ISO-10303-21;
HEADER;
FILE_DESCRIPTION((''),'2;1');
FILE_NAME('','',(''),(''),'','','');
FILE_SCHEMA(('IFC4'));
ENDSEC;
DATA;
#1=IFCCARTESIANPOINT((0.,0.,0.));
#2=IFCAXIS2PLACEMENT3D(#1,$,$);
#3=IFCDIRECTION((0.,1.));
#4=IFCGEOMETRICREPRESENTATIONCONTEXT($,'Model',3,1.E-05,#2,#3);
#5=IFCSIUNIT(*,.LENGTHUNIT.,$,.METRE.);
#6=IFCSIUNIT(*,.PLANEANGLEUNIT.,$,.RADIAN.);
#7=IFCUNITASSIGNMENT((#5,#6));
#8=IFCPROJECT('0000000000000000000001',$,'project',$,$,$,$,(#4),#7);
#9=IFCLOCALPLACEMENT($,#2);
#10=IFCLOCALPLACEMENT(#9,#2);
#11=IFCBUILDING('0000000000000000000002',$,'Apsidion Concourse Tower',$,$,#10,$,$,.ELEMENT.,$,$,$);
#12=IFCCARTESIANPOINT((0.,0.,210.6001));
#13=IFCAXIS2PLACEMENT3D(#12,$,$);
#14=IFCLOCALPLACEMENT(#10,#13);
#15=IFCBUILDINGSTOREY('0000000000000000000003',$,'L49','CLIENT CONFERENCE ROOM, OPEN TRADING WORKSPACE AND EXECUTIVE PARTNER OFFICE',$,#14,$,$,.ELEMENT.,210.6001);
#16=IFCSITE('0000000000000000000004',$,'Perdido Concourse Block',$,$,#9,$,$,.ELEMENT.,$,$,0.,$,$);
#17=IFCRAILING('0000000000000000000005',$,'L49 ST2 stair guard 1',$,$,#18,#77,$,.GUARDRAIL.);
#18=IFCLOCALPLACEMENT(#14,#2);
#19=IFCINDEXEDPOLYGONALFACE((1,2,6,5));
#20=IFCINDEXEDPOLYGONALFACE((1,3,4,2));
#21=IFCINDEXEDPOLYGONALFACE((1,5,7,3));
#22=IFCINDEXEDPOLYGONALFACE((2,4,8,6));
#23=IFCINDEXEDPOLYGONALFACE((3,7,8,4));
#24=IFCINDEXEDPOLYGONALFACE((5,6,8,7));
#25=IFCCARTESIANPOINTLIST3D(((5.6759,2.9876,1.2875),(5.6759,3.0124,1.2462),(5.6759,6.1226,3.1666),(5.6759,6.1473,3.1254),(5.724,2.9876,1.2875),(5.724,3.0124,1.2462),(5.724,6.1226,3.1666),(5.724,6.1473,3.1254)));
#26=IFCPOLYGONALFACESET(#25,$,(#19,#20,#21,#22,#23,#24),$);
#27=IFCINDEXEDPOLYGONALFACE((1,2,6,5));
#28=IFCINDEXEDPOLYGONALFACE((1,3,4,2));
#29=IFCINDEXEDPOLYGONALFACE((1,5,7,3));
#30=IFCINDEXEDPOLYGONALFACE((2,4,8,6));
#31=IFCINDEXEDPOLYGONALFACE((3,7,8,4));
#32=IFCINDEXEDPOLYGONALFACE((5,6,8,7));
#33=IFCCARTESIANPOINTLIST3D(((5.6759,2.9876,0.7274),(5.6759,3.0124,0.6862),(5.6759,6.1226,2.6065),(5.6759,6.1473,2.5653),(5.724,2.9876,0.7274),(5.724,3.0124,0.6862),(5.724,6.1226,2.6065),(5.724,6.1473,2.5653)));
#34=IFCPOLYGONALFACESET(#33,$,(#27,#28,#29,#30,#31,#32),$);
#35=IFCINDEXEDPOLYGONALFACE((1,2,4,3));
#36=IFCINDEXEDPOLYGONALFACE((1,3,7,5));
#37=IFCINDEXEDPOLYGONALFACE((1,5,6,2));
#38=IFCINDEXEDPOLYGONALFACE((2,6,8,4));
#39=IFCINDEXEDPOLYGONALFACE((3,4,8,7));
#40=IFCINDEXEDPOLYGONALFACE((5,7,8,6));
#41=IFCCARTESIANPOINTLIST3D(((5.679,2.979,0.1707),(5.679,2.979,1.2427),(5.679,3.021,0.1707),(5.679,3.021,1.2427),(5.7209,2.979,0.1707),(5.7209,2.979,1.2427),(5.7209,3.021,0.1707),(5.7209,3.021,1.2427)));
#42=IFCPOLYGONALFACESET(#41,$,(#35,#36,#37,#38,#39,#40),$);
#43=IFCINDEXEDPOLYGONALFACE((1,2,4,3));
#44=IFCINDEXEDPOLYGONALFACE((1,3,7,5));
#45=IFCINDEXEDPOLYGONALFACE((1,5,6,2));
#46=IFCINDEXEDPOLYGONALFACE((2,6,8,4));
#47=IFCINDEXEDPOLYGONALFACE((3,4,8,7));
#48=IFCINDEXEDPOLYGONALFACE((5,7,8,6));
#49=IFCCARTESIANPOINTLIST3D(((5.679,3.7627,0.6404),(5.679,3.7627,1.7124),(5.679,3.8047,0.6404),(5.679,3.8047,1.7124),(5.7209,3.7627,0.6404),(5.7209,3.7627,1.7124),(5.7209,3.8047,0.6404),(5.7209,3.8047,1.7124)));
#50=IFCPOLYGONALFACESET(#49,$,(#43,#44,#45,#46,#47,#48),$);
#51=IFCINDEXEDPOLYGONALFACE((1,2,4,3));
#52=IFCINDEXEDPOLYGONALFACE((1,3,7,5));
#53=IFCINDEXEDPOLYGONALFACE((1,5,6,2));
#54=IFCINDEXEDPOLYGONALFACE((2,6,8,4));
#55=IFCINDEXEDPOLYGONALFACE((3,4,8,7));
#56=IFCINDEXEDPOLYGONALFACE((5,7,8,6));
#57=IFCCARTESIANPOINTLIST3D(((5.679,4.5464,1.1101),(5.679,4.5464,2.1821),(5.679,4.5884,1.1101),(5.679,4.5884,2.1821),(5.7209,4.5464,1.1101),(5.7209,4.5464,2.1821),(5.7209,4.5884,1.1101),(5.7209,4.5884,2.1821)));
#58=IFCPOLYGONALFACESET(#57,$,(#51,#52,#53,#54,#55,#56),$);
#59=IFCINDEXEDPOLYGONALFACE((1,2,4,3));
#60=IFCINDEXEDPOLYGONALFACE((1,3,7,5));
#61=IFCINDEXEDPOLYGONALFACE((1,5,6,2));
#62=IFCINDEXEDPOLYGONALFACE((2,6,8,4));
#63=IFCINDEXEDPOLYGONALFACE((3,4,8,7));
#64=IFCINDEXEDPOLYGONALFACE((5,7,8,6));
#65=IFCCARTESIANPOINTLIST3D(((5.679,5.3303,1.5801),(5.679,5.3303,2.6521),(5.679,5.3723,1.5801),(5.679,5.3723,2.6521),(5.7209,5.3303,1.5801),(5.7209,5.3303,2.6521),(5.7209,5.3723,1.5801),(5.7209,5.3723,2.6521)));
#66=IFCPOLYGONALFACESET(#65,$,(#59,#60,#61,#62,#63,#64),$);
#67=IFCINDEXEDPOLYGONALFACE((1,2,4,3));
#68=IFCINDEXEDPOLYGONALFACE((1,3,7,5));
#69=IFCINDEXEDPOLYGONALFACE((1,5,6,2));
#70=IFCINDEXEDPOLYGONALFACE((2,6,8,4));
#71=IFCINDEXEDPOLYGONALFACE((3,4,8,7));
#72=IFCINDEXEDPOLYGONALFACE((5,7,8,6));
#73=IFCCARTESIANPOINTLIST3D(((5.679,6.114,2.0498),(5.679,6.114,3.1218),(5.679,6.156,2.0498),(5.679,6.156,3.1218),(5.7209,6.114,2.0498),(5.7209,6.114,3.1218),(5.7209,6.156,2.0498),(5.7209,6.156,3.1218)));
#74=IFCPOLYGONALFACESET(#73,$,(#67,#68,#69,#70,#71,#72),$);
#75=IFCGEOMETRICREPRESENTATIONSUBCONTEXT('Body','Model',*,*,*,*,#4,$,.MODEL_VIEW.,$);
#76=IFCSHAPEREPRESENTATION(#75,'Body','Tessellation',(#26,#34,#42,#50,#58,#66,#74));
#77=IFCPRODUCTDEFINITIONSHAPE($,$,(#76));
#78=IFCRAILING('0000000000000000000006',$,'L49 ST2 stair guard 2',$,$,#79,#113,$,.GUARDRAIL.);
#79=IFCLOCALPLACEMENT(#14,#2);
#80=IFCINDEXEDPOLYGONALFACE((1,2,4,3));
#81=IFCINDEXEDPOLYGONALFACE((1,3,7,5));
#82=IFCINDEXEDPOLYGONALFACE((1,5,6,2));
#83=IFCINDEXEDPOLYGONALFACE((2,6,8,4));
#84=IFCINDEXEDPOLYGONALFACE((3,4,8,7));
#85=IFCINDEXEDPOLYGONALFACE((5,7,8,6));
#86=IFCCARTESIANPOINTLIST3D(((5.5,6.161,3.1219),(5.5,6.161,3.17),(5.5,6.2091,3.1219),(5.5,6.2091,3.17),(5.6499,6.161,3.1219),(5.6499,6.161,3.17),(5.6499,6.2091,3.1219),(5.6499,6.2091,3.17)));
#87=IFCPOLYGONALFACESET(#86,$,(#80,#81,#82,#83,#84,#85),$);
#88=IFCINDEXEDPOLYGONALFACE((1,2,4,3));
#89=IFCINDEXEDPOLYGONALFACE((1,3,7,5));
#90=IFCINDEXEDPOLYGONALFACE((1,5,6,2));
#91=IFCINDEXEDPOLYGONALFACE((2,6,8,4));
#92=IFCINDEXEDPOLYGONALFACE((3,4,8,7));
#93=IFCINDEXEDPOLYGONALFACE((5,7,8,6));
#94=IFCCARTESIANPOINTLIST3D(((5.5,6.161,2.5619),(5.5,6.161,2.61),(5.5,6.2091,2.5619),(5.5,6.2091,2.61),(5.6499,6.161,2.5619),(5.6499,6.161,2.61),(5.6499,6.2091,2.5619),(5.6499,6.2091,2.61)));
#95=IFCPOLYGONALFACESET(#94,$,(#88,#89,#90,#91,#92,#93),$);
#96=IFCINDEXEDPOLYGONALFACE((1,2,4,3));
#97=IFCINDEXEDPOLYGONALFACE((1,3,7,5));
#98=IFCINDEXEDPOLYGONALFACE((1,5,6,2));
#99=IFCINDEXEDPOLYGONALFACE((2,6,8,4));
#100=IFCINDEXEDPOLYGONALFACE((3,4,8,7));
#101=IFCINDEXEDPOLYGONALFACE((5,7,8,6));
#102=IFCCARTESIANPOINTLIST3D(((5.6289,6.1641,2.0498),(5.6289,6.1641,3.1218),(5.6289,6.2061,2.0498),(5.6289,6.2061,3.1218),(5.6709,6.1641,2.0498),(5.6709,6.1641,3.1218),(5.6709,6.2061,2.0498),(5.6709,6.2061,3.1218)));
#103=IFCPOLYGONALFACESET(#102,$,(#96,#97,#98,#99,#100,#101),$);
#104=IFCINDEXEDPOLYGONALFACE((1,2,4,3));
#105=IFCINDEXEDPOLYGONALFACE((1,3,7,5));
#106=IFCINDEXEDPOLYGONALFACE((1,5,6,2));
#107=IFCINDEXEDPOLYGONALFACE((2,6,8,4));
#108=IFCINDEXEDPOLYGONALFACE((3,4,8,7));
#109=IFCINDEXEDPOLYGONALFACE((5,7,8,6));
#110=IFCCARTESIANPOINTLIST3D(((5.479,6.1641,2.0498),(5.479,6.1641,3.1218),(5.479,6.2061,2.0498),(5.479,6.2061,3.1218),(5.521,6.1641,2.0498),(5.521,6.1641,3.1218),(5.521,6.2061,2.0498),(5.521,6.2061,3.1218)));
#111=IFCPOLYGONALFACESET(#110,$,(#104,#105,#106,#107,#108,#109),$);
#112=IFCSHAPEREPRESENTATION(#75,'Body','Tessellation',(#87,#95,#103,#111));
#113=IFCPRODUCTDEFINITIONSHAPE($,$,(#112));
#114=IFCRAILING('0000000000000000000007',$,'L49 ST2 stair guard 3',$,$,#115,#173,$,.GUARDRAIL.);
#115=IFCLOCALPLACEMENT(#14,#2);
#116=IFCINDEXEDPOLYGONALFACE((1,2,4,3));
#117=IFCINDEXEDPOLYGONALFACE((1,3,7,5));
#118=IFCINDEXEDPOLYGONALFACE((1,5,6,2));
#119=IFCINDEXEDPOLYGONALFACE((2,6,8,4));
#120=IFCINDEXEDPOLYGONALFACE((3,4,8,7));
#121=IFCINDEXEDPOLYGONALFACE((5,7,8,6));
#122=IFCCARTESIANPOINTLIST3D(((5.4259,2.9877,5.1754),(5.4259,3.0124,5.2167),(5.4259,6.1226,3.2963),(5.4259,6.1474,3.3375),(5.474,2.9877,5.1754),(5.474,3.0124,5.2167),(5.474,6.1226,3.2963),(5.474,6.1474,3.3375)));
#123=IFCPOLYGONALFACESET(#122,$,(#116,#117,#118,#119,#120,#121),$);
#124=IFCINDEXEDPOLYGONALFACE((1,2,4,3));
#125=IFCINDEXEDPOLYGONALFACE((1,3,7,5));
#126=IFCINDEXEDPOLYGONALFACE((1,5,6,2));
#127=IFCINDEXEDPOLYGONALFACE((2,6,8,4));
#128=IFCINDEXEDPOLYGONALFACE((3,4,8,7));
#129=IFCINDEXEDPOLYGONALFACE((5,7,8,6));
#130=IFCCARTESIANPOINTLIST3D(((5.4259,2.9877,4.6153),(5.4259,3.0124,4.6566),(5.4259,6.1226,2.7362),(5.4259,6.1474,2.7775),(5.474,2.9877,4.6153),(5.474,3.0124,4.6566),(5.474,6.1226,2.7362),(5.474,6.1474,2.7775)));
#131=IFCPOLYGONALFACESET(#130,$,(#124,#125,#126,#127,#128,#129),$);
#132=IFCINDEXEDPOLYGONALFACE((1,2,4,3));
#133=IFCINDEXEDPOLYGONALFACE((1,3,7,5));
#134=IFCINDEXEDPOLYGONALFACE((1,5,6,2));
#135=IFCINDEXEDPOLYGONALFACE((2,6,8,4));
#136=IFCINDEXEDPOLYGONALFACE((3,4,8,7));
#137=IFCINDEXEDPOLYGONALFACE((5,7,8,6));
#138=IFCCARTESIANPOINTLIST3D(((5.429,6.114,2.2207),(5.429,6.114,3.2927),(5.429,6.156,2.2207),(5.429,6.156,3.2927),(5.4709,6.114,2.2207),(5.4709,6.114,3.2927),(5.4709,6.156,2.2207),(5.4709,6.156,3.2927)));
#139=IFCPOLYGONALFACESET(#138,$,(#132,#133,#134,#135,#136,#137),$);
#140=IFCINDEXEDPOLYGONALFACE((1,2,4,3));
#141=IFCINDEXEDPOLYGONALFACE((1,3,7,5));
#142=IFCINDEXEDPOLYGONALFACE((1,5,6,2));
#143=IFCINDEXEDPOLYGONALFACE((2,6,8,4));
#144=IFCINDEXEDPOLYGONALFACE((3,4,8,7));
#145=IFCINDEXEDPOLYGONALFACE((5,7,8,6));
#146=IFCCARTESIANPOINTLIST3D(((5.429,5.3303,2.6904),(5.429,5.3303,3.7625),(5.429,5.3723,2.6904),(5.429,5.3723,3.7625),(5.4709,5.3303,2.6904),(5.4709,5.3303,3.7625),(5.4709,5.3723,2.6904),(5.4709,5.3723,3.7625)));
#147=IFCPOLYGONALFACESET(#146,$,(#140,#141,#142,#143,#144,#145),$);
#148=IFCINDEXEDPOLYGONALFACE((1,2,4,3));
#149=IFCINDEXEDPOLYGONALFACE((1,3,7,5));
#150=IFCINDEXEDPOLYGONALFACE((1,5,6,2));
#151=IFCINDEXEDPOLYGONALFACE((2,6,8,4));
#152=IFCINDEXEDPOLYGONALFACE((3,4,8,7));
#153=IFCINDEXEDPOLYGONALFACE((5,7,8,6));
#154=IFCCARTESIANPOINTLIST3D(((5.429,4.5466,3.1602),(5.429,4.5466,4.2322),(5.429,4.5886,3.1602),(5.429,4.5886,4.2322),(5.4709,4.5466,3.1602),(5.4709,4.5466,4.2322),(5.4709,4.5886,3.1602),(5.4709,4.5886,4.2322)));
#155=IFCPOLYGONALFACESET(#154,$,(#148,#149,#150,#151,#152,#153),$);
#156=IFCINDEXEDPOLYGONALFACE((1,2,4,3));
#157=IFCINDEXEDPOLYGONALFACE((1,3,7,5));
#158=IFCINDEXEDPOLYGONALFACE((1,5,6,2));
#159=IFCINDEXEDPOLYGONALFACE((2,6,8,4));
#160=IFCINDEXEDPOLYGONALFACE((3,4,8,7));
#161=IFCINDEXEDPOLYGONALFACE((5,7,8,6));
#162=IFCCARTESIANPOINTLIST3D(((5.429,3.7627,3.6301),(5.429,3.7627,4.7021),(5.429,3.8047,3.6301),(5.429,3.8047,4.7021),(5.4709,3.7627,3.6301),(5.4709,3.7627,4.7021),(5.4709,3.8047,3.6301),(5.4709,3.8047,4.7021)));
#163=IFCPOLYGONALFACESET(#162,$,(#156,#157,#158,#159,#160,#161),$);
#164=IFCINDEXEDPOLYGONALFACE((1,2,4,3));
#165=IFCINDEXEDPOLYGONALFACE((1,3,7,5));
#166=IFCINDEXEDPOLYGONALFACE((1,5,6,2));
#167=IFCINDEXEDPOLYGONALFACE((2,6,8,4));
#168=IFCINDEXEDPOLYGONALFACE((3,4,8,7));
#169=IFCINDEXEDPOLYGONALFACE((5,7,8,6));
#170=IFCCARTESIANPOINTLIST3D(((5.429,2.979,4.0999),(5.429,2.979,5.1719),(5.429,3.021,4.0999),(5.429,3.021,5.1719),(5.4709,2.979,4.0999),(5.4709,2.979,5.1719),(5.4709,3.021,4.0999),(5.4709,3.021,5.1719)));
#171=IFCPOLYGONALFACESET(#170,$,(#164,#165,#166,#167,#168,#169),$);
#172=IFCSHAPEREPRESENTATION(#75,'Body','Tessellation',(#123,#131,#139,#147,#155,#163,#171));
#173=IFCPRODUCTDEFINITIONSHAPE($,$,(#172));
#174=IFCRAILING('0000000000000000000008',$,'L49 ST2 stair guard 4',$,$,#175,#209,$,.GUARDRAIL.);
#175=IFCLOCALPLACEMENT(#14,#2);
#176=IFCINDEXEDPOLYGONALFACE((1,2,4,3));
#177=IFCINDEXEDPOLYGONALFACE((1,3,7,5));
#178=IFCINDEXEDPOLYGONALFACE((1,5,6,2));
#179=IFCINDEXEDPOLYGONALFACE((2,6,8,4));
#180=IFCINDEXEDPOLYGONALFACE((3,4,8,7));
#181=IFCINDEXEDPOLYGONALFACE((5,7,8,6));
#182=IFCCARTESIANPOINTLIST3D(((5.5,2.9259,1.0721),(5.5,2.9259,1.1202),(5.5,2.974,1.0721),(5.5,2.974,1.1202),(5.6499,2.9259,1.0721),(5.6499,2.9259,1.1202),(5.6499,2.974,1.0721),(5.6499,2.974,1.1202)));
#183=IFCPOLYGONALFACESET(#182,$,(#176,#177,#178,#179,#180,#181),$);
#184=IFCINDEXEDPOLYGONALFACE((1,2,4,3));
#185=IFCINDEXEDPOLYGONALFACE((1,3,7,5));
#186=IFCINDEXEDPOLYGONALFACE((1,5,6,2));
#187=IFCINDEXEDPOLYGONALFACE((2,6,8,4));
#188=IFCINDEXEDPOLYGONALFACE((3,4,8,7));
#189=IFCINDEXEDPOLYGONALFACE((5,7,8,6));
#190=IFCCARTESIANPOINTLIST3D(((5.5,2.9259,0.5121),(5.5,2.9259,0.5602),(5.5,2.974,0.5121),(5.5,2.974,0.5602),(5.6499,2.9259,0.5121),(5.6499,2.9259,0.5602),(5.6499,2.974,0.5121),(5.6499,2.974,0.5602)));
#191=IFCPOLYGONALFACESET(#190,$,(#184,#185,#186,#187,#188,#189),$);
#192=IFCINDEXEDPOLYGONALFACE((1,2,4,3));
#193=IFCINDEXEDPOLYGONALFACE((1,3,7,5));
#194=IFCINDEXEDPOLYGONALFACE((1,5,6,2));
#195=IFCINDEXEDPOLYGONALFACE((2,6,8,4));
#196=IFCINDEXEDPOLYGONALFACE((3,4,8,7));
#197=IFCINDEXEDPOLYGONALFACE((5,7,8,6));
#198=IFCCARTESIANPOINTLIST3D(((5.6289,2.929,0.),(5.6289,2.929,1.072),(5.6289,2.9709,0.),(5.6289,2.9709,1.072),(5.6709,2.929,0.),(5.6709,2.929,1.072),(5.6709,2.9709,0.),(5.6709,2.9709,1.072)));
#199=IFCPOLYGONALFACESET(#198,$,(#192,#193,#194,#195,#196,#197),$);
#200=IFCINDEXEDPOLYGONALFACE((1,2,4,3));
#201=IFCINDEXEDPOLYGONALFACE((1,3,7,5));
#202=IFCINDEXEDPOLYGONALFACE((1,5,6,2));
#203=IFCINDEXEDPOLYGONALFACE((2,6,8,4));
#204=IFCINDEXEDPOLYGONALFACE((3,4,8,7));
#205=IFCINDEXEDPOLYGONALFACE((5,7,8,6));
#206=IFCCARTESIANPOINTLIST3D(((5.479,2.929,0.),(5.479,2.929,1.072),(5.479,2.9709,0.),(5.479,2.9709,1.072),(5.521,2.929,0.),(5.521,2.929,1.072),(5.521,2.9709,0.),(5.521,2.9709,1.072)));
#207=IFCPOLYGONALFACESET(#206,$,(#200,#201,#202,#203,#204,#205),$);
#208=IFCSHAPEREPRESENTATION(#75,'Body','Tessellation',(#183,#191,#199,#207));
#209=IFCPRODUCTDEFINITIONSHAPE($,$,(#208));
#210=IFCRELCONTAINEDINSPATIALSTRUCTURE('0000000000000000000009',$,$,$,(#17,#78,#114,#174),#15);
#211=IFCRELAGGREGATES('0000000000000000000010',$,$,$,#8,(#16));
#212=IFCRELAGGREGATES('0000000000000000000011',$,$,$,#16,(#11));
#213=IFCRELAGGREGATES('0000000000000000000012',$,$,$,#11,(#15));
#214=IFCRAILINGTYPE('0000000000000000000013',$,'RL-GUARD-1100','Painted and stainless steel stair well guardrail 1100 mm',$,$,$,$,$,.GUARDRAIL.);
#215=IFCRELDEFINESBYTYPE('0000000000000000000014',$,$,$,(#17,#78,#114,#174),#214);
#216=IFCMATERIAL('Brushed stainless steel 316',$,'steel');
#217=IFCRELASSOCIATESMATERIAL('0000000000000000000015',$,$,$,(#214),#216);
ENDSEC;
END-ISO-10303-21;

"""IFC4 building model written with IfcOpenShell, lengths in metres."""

from ifc_helpers import new_model, si_unit, direction, frame, origin, origin_2d, place, context, subcontext, project, spatial, rectangle, extrude, material, type_object, element, save


model = new_model("IFC4")

# Units and contexts
model_context = context("Model", 3, precision=1e-05, world=origin(), true_north=direction((0.0, 1.0)))
body_context = subcontext(model_context, "Body", "Model", "MODEL_VIEW")
ifc_project = project(units=[si_unit("LENGTHUNIT", "METRE"), si_unit("PLANEANGLEUNIT", "RADIAN")], contexts=[model_context])

# Site, building, storey
site_placement = place(None, origin())
site = spatial("IfcSite", under=ifc_project, at=site_placement, Name="Perdido Concourse Block", CompositionType="ELEMENT", RefElevation=0.0)
building_placement = place(site_placement, origin())
building = spatial("IfcBuilding", under=site, at=building_placement, Name="Apsidion Concourse Tower", CompositionType="ELEMENT")
storey_placement = place(building_placement, frame((0.0, 0.0, 210.6001)))
storey = spatial("IfcBuildingStorey", under=building, at=storey_placement, Name="L49", Description="CLIENT CONFERENCE ROOM, OPEN TRADING WORKSPACE AND EXECUTIVE PARTNER OFFICE", CompositionType="ELEMENT", Elevation=210.6001)

# Railings
ifc_material_1 = material(Name="Brushed stainless steel 316", Category="steel")
railing_type_1 = type_object("IfcRailingType", Name="RL-GUARD-1100", Description="Painted and stainless steel stair well guardrail 1100 mm", PredefinedType="GUARDRAIL", material=ifc_material_1)
railing_1_placement = place(storey_placement, frame((5.7, 3.0, 0.1707)))
element("IfcRailing", 1, at=railing_1_placement, inside=storey, type_object=railing_type_1, Name="L49 ST2 stair guard 1", PredefinedType="GUARDRAIL", context=body_context, shape_type="SweptSolid", body=[
    extrude(rectangle(XDim=0.0481, YDim=0.0481, at=origin_2d()), frame((0.0, 0.0, 1.0962), z_axis=(0.0, 0.857717, 0.514122), x_axis=(-1.0, 0.0, 0.0)), (0.0, 0.0, 1.0), 3.655),
    extrude(rectangle(XDim=0.0481, YDim=0.0481, at=origin_2d()), frame((0.0, 0.0, 0.5361), z_axis=(0.0, 0.857717, 0.514122), x_axis=(-1.0, 0.0, 0.0)), (0.0, 0.0, 1.0), 3.655),
    extrude(rectangle(XDim=0.042, YDim=0.042, at=origin_2d()), origin(), (0.0, 0.0, 1.0), 1.072),
    extrude(rectangle(XDim=0.042, YDim=0.042, at=origin_2d()), frame((0.0, 0.7837, 0.4697)), (0.0, 0.0, 1.0), 1.072),
    extrude(rectangle(XDim=0.042, YDim=0.042, at=origin_2d()), frame((0.0, 1.5674, 0.9395)), (0.0, 0.0, 1.0), 1.072),
    extrude(rectangle(XDim=0.042, YDim=0.042, at=origin_2d()), frame((0.0, 2.3513, 1.4094)), (0.0, 0.0, 1.0), 1.072),
    extrude(rectangle(XDim=0.042, YDim=0.042, at=origin_2d()), frame((0.0, 3.135, 1.8792)), (0.0, 0.0, 1.0), 1.072),
])
railing_2_placement = place(storey_placement, frame((5.6499, 6.1851, 2.0498)))
element("IfcRailing", 2, at=railing_2_placement, inside=storey, type_object=railing_type_1, Name="L49 ST2 stair guard 2", PredefinedType="GUARDRAIL", context=body_context, shape_type="SweptSolid", body=[
    extrude(rectangle(XDim=0.0481, YDim=0.0481, at=origin_2d()), frame((0.0, 0.0, 1.0962), z_axis=(-1.0, 0.0, 0.0), x_axis=(0.0, -1.0, 0.0)), (0.0, 0.0, 1.0), 0.1499),
    extrude(rectangle(XDim=0.0481, YDim=0.0481, at=origin_2d()), frame((0.0, 0.0, 0.5361), z_axis=(-1.0, 0.0, 0.0), x_axis=(0.0, -1.0, 0.0)), (0.0, 0.0, 1.0), 0.1499),
    extrude(rectangle(XDim=0.042, YDim=0.042, at=origin_2d()), origin(), (0.0, 0.0, 1.0), 1.072),
    extrude(rectangle(XDim=0.042, YDim=0.042, at=origin_2d()), frame((-0.1499, 0.0, 0.0)), (0.0, 0.0, 1.0), 1.072),
])
railing_3_placement = place(storey_placement, frame((5.45, 6.135, 2.2207)))
element("IfcRailing", 3, at=railing_3_placement, inside=storey, type_object=railing_type_1, Name="L49 ST2 stair guard 3", PredefinedType="GUARDRAIL", context=body_context, shape_type="SweptSolid", body=[
    extrude(rectangle(XDim=0.0481, YDim=0.0481, at=origin_2d()), frame((0.0, 0.0, 1.0962), z_axis=(0.0, -0.857717, 0.514122), x_axis=(1.0, 0.0, 0.0)), (0.0, 0.0, 1.0), 3.655),
    extrude(rectangle(XDim=0.0481, YDim=0.0481, at=origin_2d()), frame((0.0, 0.0, 0.5361), z_axis=(0.0, -0.857717, 0.514122), x_axis=(1.0, 0.0, 0.0)), (0.0, 0.0, 1.0), 3.655),
    extrude(rectangle(XDim=0.042, YDim=0.042, at=origin_2d()), origin(), (0.0, 0.0, 1.0), 1.072),
    extrude(rectangle(XDim=0.042, YDim=0.042, at=origin_2d()), frame((0.0, -0.7837, 0.4697)), (0.0, 0.0, 1.0), 1.072),
    extrude(rectangle(XDim=0.042, YDim=0.042, at=origin_2d()), frame((0.0, -1.5674, 0.9395)), (0.0, 0.0, 1.0), 1.072),
    extrude(rectangle(XDim=0.042, YDim=0.042, at=origin_2d()), frame((0.0, -2.3513, 1.4094)), (0.0, 0.0, 1.0), 1.072),
    extrude(rectangle(XDim=0.042, YDim=0.042, at=origin_2d()), frame((0.0, -3.135, 1.8792)), (0.0, 0.0, 1.0), 1.072),
])
railing_4_placement = place(storey_placement, frame((5.6499, 2.95, 0.0)))
element("IfcRailing", 4, at=railing_4_placement, inside=storey, type_object=railing_type_1, Name="L49 ST2 stair guard 4", PredefinedType="GUARDRAIL", context=body_context, shape_type="SweptSolid", body=[
    extrude(rectangle(XDim=0.0481, YDim=0.0481, at=origin_2d()), frame((0.0, 0.0, 1.0962), z_axis=(-1.0, 0.0, 0.0), x_axis=(0.0, -1.0, 0.0)), (0.0, 0.0, 1.0), 0.1499),
    extrude(rectangle(XDim=0.0481, YDim=0.0481, at=origin_2d()), frame((0.0, 0.0, 0.5361), z_axis=(-1.0, 0.0, 0.0), x_axis=(0.0, -1.0, 0.0)), (0.0, 0.0, 1.0), 0.1499),
    extrude(rectangle(XDim=0.042, YDim=0.042, at=origin_2d()), origin(), (0.0, 0.0, 1.0), 1.072),
    extrude(rectangle(XDim=0.042, YDim=0.042, at=origin_2d()), frame((-0.1499, 0.0, 0.0)), (0.0, 0.0, 1.0), 1.072),
])

save(model, "model.ifc")
